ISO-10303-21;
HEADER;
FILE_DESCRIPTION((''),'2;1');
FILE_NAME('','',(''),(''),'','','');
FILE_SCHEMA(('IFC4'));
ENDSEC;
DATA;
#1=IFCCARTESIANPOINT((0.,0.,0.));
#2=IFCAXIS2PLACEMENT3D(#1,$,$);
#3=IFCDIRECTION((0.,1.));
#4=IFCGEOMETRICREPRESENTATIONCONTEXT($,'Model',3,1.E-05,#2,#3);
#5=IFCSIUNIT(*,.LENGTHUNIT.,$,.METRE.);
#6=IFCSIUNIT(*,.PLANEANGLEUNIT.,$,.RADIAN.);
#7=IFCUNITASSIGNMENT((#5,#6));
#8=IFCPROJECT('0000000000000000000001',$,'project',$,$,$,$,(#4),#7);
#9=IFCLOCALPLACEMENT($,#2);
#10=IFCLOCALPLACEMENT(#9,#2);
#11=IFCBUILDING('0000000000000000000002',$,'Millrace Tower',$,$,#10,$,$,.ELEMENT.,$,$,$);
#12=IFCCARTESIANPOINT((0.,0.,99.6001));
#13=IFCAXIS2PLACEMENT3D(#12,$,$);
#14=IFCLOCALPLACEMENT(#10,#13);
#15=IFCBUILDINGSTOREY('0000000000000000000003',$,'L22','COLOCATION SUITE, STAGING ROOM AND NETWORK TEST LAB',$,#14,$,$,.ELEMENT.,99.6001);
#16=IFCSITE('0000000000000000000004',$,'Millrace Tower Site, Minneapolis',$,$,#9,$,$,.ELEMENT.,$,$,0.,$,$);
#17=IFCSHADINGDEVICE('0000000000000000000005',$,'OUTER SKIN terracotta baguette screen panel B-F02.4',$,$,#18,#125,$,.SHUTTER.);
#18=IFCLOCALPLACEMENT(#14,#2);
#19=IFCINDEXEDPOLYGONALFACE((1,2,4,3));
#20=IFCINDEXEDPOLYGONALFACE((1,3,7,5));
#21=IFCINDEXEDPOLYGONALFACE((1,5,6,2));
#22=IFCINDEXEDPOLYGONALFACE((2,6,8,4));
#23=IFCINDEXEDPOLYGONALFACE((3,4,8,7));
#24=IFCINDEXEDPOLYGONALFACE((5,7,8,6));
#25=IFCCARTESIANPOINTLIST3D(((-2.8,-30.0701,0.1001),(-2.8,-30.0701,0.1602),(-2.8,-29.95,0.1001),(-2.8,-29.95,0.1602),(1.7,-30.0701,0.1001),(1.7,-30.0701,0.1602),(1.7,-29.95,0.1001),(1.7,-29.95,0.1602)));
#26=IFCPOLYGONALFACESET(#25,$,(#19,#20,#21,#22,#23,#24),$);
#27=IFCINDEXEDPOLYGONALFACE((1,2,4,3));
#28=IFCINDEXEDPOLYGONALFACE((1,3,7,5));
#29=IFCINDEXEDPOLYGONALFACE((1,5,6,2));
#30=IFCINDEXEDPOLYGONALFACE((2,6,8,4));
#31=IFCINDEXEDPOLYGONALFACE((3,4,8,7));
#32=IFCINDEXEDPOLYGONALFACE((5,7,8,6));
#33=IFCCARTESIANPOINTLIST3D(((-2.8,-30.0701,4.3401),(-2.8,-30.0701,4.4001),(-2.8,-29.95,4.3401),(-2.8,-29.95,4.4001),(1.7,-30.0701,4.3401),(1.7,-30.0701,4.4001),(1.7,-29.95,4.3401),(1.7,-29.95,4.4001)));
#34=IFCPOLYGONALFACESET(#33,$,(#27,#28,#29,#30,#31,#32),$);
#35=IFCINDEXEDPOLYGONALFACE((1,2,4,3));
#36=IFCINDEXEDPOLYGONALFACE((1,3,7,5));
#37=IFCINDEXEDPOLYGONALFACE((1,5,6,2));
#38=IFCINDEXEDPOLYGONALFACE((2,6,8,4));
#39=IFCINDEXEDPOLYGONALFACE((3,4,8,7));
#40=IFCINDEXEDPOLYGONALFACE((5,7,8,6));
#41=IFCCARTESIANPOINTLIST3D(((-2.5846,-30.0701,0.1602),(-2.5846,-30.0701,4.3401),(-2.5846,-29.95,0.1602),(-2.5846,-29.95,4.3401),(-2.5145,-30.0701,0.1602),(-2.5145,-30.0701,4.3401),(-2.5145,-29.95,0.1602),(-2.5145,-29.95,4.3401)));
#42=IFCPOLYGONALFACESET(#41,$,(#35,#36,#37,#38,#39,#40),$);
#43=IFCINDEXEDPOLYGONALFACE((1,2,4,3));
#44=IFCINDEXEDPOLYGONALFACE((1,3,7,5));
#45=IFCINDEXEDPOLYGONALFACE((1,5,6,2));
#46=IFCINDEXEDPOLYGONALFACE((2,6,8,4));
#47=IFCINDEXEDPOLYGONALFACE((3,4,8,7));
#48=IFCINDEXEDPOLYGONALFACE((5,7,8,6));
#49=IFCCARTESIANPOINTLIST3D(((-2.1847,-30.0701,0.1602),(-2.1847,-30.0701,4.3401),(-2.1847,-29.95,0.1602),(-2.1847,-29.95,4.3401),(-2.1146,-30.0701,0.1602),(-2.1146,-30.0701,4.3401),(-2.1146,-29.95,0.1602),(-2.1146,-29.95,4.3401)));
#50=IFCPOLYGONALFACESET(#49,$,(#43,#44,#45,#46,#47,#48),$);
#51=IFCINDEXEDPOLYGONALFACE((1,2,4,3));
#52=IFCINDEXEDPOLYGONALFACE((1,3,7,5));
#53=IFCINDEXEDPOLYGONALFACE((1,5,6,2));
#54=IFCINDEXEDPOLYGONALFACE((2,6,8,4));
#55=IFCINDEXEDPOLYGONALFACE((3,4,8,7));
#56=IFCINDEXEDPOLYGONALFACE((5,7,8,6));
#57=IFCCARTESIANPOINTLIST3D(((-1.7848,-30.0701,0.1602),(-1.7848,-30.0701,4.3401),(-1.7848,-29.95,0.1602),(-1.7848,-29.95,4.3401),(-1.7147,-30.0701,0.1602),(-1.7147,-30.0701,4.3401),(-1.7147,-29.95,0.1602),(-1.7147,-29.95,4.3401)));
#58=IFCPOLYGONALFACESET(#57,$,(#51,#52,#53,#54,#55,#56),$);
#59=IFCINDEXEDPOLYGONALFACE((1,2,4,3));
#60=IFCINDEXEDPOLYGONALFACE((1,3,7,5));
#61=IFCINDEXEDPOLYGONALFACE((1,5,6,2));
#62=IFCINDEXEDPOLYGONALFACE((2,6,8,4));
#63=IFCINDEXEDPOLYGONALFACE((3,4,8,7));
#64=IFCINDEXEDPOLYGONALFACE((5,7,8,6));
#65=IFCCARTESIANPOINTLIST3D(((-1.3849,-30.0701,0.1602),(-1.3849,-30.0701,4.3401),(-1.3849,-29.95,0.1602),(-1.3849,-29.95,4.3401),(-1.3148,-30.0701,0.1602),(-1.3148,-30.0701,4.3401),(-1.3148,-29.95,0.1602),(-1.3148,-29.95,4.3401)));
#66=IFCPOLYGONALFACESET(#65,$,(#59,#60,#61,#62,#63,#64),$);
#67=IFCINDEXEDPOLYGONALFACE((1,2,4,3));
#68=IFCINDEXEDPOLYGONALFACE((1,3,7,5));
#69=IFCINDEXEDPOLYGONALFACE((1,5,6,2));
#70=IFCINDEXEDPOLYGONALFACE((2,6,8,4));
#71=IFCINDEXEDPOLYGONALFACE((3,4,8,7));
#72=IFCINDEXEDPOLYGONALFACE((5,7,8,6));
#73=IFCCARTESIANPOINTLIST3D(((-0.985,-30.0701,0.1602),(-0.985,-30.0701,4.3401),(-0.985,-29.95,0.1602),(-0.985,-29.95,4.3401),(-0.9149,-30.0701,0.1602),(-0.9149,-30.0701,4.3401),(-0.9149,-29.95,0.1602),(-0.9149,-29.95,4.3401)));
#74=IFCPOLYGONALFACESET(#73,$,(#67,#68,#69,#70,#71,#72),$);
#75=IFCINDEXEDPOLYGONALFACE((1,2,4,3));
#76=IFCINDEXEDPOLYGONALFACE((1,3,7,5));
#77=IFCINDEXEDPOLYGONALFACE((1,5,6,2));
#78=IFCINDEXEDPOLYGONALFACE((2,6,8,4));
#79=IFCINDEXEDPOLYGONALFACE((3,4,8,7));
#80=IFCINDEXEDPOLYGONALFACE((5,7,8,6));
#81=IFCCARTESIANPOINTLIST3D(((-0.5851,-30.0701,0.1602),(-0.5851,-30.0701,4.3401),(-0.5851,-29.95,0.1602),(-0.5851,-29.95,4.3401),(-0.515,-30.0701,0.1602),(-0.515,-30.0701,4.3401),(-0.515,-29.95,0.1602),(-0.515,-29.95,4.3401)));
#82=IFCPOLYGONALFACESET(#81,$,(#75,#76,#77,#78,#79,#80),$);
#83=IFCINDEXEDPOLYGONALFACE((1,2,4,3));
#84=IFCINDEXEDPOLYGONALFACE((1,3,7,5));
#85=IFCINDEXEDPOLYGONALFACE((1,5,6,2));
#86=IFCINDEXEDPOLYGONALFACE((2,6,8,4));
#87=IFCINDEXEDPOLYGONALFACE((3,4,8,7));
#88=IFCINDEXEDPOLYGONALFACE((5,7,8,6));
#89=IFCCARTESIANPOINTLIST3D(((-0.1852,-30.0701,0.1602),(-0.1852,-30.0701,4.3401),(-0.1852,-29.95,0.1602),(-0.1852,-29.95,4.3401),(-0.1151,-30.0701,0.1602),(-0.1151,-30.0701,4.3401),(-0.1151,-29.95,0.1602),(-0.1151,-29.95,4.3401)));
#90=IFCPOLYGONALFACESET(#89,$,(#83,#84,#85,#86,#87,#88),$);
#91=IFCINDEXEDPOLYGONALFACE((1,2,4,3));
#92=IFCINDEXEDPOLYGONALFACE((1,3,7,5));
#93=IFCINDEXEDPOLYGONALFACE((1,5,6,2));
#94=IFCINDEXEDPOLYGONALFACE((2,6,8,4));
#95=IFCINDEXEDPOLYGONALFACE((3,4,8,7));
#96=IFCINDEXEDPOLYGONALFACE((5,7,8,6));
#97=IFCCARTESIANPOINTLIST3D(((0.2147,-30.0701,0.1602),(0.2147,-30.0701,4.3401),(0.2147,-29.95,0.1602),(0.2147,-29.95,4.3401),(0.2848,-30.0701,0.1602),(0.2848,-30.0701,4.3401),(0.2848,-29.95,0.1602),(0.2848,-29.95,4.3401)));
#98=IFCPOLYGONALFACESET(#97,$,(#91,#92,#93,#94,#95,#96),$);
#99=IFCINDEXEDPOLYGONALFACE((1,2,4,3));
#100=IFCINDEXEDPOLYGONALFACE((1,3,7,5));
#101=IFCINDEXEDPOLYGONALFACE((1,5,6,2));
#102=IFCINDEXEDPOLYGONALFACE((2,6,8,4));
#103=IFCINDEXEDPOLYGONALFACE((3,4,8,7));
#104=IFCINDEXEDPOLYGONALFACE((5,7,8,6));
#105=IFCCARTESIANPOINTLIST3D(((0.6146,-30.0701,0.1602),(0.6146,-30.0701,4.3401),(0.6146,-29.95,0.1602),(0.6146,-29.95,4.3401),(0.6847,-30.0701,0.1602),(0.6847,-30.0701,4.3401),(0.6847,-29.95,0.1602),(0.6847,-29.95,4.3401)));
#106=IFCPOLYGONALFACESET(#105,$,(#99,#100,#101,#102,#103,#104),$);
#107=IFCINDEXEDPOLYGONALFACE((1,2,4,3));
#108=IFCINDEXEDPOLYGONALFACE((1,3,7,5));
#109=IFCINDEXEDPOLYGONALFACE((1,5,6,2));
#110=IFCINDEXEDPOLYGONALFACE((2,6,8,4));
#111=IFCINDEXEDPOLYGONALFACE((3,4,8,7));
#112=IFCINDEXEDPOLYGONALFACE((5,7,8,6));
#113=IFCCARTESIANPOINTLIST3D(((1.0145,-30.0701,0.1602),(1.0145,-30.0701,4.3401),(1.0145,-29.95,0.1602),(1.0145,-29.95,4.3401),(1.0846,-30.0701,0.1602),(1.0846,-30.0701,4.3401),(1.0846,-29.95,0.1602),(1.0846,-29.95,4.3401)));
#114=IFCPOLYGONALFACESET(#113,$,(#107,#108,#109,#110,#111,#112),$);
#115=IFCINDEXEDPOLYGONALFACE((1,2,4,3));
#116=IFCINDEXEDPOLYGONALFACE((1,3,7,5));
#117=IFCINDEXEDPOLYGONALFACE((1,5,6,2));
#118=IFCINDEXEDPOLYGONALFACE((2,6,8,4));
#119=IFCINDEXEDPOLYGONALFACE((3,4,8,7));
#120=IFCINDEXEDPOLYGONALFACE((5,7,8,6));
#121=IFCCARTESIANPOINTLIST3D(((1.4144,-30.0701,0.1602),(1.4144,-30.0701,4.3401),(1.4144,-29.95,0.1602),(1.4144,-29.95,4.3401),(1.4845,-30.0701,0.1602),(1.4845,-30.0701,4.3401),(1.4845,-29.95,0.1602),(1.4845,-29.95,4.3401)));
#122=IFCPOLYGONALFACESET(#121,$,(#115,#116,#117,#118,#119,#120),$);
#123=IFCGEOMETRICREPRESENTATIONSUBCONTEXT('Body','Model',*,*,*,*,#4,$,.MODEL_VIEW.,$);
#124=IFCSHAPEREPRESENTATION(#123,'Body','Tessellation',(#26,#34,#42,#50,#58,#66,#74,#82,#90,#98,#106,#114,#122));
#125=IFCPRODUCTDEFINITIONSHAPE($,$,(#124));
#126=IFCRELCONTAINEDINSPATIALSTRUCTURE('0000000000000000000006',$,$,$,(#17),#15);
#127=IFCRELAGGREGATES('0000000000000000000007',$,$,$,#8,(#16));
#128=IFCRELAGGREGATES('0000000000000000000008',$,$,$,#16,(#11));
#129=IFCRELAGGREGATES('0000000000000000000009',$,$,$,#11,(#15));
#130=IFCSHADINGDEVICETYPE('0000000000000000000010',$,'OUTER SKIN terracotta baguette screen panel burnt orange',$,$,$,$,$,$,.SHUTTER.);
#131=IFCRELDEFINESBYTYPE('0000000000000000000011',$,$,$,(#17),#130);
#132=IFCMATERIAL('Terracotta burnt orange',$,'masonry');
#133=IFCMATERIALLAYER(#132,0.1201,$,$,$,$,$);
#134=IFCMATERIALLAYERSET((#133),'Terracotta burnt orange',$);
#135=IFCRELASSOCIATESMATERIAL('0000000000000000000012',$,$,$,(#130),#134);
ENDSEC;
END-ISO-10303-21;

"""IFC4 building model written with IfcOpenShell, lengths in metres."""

from ifc_helpers import new_model, entity, si_unit, direction, frame, frame_2d, origin, origin_2d, place, context, subcontext, project, spatial, rectangle, extrude, source, transform, mapped, material, layer, layer_set, type_object, element, save


model = new_model("IFC4")

# Units and contexts
model_context = context("Model", 3, precision=1e-05, world=origin(), true_north=direction((0.0, 1.0)))
body_context = subcontext(model_context, "Body", "Model", "MODEL_VIEW")
ifc_project = project(units=[si_unit("LENGTHUNIT", "METRE"), si_unit("PLANEANGLEUNIT", "RADIAN")], contexts=[model_context])

# Site, building, storey
site_placement = place(None, origin())
site = spatial("IfcSite", under=ifc_project, at=site_placement, Name="Millrace Tower Site, Minneapolis", CompositionType="ELEMENT", RefElevation=0.0)
building_placement = place(site_placement, origin())
building = spatial("IfcBuilding", under=site, at=building_placement, Name="Millrace Tower", CompositionType="ELEMENT")
storey_placement = place(building_placement, frame((0.0, 0.0, 99.6001)))
storey = spatial("IfcBuildingStorey", under=building, at=storey_placement, Name="L22", Description="COLOCATION SUITE, STAGING ROOM AND NETWORK TEST LAB", CompositionType="ELEMENT", Elevation=99.6001)

# Shading device
ifc_material_1 = material(Name="Terracotta burnt orange", Category="masonry")
ifc_layer_1 = layer(ifc_material_1, 0.1201)
ifc_layer_set_1 = layer_set([ifc_layer_1], Name="Terracotta burnt orange")
shading_device_type = type_object("IfcShadingDeviceType", Name="OUTER SKIN terracotta baguette screen panel burnt orange", PredefinedType="SHUTTER", material=ifc_layer_set_1)
cartesian_point_1 = entity("IfcCartesianPoint", [-2.25, 0.0601])
shared_polyline_1 = entity("IfcPolyline", [cartesian_point_1, entity("IfcCartesianPoint", [2.25, 0.0601]), entity("IfcCartesianPoint", [2.25, -0.0601]), entity("IfcCartesianPoint", [-2.25, -0.0601]), cartesian_point_1])
shared_shape_1 = source(origin(), body_context, "Body", "SweptSolid", [
    entity("IfcExtrudedAreaSolid", entity("IfcArbitraryClosedProfileDef", "AREA", None, shared_polyline_1), entity("IfcAxis2Placement3D", entity("IfcCartesianPoint", [0.0, 0.0, 0.0])), entity("IfcDirection", [0.0, 0.0, 1.0]), 0.0601),
    entity("IfcExtrudedAreaSolid", entity("IfcArbitraryClosedProfileDef", "AREA", None, shared_polyline_1), entity("IfcAxis2Placement3D", entity("IfcCartesianPoint", [0.0, 0.0, 4.24])), entity("IfcDirection", [0.0, 0.0, 1.0]), 0.0601),
    extrude(rectangle(XDim=0.0701, YDim=0.1201, at=frame_2d((-1.9995, 0.0))), frame((0.0, 0.0, 0.0601)), (0.0, 0.0, 1.0), 4.1799),
    extrude(rectangle(XDim=0.0701, YDim=0.1201, at=frame_2d((-1.5996, 0.0))), frame((0.0, 0.0, 0.0601)), (0.0, 0.0, 1.0), 4.1799),
    extrude(rectangle(XDim=0.0701, YDim=0.1201, at=frame_2d((-1.1997, 0.0))), frame((0.0, 0.0, 0.0601)), (0.0, 0.0, 1.0), 4.1799),
    extrude(rectangle(XDim=0.0701, YDim=0.1201, at=frame_2d((-0.7998, 0.0))), frame((0.0, 0.0, 0.0601)), (0.0, 0.0, 1.0), 4.1799),
    extrude(rectangle(XDim=0.0701, YDim=0.1201, at=frame_2d((-0.3999, 0.0))), frame((0.0, 0.0, 0.0601)), (0.0, 0.0, 1.0), 4.1799),
    extrude(rectangle(XDim=0.0701, YDim=0.1201, at=origin_2d()), frame((0.0, 0.0, 0.0601)), (0.0, 0.0, 1.0), 4.1799),
    extrude(rectangle(XDim=0.0701, YDim=0.1201, at=frame_2d((0.3999, 0.0))), frame((0.0, 0.0, 0.0601)), (0.0, 0.0, 1.0), 4.1799),
    extrude(rectangle(XDim=0.0701, YDim=0.1201, at=frame_2d((0.7998, 0.0))), frame((0.0, 0.0, 0.0601)), (0.0, 0.0, 1.0), 4.1799),
    extrude(rectangle(XDim=0.0701, YDim=0.1201, at=frame_2d((1.1997, 0.0))), frame((0.0, 0.0, 0.0601)), (0.0, 0.0, 1.0), 4.1799),
    extrude(rectangle(XDim=0.0701, YDim=0.1201, at=frame_2d((1.5996, 0.0))), frame((0.0, 0.0, 0.0601)), (0.0, 0.0, 1.0), 4.1799),
    extrude(rectangle(XDim=0.0701, YDim=0.1201, at=frame_2d((1.9995, 0.0))), frame((0.0, 0.0, 0.0601)), (0.0, 0.0, 1.0), 4.1799),
])
for number, where, z_axis, x_axis, name in (
    (1, (-0.55, -30.01, 0.1001), (0.0, 0.0, 1.0), (1.0, 0.0, 0.0), "OUTER SKIN terracotta baguette screen panel B-F02.4"),
):
    element("IfcShadingDevice", number, at=place(storey_placement, frame(where, z_axis=z_axis, x_axis=x_axis)), inside=storey, type_object=shading_device_type, Name=name, PredefinedType="SHUTTER", context=body_context, shape_type="MappedRepresentation", body=[
        mapped(shared_shape_1, transform((0.0, 0.0, 0.0), scale=1.0)),
    ])

save(model, "model.ifc")
